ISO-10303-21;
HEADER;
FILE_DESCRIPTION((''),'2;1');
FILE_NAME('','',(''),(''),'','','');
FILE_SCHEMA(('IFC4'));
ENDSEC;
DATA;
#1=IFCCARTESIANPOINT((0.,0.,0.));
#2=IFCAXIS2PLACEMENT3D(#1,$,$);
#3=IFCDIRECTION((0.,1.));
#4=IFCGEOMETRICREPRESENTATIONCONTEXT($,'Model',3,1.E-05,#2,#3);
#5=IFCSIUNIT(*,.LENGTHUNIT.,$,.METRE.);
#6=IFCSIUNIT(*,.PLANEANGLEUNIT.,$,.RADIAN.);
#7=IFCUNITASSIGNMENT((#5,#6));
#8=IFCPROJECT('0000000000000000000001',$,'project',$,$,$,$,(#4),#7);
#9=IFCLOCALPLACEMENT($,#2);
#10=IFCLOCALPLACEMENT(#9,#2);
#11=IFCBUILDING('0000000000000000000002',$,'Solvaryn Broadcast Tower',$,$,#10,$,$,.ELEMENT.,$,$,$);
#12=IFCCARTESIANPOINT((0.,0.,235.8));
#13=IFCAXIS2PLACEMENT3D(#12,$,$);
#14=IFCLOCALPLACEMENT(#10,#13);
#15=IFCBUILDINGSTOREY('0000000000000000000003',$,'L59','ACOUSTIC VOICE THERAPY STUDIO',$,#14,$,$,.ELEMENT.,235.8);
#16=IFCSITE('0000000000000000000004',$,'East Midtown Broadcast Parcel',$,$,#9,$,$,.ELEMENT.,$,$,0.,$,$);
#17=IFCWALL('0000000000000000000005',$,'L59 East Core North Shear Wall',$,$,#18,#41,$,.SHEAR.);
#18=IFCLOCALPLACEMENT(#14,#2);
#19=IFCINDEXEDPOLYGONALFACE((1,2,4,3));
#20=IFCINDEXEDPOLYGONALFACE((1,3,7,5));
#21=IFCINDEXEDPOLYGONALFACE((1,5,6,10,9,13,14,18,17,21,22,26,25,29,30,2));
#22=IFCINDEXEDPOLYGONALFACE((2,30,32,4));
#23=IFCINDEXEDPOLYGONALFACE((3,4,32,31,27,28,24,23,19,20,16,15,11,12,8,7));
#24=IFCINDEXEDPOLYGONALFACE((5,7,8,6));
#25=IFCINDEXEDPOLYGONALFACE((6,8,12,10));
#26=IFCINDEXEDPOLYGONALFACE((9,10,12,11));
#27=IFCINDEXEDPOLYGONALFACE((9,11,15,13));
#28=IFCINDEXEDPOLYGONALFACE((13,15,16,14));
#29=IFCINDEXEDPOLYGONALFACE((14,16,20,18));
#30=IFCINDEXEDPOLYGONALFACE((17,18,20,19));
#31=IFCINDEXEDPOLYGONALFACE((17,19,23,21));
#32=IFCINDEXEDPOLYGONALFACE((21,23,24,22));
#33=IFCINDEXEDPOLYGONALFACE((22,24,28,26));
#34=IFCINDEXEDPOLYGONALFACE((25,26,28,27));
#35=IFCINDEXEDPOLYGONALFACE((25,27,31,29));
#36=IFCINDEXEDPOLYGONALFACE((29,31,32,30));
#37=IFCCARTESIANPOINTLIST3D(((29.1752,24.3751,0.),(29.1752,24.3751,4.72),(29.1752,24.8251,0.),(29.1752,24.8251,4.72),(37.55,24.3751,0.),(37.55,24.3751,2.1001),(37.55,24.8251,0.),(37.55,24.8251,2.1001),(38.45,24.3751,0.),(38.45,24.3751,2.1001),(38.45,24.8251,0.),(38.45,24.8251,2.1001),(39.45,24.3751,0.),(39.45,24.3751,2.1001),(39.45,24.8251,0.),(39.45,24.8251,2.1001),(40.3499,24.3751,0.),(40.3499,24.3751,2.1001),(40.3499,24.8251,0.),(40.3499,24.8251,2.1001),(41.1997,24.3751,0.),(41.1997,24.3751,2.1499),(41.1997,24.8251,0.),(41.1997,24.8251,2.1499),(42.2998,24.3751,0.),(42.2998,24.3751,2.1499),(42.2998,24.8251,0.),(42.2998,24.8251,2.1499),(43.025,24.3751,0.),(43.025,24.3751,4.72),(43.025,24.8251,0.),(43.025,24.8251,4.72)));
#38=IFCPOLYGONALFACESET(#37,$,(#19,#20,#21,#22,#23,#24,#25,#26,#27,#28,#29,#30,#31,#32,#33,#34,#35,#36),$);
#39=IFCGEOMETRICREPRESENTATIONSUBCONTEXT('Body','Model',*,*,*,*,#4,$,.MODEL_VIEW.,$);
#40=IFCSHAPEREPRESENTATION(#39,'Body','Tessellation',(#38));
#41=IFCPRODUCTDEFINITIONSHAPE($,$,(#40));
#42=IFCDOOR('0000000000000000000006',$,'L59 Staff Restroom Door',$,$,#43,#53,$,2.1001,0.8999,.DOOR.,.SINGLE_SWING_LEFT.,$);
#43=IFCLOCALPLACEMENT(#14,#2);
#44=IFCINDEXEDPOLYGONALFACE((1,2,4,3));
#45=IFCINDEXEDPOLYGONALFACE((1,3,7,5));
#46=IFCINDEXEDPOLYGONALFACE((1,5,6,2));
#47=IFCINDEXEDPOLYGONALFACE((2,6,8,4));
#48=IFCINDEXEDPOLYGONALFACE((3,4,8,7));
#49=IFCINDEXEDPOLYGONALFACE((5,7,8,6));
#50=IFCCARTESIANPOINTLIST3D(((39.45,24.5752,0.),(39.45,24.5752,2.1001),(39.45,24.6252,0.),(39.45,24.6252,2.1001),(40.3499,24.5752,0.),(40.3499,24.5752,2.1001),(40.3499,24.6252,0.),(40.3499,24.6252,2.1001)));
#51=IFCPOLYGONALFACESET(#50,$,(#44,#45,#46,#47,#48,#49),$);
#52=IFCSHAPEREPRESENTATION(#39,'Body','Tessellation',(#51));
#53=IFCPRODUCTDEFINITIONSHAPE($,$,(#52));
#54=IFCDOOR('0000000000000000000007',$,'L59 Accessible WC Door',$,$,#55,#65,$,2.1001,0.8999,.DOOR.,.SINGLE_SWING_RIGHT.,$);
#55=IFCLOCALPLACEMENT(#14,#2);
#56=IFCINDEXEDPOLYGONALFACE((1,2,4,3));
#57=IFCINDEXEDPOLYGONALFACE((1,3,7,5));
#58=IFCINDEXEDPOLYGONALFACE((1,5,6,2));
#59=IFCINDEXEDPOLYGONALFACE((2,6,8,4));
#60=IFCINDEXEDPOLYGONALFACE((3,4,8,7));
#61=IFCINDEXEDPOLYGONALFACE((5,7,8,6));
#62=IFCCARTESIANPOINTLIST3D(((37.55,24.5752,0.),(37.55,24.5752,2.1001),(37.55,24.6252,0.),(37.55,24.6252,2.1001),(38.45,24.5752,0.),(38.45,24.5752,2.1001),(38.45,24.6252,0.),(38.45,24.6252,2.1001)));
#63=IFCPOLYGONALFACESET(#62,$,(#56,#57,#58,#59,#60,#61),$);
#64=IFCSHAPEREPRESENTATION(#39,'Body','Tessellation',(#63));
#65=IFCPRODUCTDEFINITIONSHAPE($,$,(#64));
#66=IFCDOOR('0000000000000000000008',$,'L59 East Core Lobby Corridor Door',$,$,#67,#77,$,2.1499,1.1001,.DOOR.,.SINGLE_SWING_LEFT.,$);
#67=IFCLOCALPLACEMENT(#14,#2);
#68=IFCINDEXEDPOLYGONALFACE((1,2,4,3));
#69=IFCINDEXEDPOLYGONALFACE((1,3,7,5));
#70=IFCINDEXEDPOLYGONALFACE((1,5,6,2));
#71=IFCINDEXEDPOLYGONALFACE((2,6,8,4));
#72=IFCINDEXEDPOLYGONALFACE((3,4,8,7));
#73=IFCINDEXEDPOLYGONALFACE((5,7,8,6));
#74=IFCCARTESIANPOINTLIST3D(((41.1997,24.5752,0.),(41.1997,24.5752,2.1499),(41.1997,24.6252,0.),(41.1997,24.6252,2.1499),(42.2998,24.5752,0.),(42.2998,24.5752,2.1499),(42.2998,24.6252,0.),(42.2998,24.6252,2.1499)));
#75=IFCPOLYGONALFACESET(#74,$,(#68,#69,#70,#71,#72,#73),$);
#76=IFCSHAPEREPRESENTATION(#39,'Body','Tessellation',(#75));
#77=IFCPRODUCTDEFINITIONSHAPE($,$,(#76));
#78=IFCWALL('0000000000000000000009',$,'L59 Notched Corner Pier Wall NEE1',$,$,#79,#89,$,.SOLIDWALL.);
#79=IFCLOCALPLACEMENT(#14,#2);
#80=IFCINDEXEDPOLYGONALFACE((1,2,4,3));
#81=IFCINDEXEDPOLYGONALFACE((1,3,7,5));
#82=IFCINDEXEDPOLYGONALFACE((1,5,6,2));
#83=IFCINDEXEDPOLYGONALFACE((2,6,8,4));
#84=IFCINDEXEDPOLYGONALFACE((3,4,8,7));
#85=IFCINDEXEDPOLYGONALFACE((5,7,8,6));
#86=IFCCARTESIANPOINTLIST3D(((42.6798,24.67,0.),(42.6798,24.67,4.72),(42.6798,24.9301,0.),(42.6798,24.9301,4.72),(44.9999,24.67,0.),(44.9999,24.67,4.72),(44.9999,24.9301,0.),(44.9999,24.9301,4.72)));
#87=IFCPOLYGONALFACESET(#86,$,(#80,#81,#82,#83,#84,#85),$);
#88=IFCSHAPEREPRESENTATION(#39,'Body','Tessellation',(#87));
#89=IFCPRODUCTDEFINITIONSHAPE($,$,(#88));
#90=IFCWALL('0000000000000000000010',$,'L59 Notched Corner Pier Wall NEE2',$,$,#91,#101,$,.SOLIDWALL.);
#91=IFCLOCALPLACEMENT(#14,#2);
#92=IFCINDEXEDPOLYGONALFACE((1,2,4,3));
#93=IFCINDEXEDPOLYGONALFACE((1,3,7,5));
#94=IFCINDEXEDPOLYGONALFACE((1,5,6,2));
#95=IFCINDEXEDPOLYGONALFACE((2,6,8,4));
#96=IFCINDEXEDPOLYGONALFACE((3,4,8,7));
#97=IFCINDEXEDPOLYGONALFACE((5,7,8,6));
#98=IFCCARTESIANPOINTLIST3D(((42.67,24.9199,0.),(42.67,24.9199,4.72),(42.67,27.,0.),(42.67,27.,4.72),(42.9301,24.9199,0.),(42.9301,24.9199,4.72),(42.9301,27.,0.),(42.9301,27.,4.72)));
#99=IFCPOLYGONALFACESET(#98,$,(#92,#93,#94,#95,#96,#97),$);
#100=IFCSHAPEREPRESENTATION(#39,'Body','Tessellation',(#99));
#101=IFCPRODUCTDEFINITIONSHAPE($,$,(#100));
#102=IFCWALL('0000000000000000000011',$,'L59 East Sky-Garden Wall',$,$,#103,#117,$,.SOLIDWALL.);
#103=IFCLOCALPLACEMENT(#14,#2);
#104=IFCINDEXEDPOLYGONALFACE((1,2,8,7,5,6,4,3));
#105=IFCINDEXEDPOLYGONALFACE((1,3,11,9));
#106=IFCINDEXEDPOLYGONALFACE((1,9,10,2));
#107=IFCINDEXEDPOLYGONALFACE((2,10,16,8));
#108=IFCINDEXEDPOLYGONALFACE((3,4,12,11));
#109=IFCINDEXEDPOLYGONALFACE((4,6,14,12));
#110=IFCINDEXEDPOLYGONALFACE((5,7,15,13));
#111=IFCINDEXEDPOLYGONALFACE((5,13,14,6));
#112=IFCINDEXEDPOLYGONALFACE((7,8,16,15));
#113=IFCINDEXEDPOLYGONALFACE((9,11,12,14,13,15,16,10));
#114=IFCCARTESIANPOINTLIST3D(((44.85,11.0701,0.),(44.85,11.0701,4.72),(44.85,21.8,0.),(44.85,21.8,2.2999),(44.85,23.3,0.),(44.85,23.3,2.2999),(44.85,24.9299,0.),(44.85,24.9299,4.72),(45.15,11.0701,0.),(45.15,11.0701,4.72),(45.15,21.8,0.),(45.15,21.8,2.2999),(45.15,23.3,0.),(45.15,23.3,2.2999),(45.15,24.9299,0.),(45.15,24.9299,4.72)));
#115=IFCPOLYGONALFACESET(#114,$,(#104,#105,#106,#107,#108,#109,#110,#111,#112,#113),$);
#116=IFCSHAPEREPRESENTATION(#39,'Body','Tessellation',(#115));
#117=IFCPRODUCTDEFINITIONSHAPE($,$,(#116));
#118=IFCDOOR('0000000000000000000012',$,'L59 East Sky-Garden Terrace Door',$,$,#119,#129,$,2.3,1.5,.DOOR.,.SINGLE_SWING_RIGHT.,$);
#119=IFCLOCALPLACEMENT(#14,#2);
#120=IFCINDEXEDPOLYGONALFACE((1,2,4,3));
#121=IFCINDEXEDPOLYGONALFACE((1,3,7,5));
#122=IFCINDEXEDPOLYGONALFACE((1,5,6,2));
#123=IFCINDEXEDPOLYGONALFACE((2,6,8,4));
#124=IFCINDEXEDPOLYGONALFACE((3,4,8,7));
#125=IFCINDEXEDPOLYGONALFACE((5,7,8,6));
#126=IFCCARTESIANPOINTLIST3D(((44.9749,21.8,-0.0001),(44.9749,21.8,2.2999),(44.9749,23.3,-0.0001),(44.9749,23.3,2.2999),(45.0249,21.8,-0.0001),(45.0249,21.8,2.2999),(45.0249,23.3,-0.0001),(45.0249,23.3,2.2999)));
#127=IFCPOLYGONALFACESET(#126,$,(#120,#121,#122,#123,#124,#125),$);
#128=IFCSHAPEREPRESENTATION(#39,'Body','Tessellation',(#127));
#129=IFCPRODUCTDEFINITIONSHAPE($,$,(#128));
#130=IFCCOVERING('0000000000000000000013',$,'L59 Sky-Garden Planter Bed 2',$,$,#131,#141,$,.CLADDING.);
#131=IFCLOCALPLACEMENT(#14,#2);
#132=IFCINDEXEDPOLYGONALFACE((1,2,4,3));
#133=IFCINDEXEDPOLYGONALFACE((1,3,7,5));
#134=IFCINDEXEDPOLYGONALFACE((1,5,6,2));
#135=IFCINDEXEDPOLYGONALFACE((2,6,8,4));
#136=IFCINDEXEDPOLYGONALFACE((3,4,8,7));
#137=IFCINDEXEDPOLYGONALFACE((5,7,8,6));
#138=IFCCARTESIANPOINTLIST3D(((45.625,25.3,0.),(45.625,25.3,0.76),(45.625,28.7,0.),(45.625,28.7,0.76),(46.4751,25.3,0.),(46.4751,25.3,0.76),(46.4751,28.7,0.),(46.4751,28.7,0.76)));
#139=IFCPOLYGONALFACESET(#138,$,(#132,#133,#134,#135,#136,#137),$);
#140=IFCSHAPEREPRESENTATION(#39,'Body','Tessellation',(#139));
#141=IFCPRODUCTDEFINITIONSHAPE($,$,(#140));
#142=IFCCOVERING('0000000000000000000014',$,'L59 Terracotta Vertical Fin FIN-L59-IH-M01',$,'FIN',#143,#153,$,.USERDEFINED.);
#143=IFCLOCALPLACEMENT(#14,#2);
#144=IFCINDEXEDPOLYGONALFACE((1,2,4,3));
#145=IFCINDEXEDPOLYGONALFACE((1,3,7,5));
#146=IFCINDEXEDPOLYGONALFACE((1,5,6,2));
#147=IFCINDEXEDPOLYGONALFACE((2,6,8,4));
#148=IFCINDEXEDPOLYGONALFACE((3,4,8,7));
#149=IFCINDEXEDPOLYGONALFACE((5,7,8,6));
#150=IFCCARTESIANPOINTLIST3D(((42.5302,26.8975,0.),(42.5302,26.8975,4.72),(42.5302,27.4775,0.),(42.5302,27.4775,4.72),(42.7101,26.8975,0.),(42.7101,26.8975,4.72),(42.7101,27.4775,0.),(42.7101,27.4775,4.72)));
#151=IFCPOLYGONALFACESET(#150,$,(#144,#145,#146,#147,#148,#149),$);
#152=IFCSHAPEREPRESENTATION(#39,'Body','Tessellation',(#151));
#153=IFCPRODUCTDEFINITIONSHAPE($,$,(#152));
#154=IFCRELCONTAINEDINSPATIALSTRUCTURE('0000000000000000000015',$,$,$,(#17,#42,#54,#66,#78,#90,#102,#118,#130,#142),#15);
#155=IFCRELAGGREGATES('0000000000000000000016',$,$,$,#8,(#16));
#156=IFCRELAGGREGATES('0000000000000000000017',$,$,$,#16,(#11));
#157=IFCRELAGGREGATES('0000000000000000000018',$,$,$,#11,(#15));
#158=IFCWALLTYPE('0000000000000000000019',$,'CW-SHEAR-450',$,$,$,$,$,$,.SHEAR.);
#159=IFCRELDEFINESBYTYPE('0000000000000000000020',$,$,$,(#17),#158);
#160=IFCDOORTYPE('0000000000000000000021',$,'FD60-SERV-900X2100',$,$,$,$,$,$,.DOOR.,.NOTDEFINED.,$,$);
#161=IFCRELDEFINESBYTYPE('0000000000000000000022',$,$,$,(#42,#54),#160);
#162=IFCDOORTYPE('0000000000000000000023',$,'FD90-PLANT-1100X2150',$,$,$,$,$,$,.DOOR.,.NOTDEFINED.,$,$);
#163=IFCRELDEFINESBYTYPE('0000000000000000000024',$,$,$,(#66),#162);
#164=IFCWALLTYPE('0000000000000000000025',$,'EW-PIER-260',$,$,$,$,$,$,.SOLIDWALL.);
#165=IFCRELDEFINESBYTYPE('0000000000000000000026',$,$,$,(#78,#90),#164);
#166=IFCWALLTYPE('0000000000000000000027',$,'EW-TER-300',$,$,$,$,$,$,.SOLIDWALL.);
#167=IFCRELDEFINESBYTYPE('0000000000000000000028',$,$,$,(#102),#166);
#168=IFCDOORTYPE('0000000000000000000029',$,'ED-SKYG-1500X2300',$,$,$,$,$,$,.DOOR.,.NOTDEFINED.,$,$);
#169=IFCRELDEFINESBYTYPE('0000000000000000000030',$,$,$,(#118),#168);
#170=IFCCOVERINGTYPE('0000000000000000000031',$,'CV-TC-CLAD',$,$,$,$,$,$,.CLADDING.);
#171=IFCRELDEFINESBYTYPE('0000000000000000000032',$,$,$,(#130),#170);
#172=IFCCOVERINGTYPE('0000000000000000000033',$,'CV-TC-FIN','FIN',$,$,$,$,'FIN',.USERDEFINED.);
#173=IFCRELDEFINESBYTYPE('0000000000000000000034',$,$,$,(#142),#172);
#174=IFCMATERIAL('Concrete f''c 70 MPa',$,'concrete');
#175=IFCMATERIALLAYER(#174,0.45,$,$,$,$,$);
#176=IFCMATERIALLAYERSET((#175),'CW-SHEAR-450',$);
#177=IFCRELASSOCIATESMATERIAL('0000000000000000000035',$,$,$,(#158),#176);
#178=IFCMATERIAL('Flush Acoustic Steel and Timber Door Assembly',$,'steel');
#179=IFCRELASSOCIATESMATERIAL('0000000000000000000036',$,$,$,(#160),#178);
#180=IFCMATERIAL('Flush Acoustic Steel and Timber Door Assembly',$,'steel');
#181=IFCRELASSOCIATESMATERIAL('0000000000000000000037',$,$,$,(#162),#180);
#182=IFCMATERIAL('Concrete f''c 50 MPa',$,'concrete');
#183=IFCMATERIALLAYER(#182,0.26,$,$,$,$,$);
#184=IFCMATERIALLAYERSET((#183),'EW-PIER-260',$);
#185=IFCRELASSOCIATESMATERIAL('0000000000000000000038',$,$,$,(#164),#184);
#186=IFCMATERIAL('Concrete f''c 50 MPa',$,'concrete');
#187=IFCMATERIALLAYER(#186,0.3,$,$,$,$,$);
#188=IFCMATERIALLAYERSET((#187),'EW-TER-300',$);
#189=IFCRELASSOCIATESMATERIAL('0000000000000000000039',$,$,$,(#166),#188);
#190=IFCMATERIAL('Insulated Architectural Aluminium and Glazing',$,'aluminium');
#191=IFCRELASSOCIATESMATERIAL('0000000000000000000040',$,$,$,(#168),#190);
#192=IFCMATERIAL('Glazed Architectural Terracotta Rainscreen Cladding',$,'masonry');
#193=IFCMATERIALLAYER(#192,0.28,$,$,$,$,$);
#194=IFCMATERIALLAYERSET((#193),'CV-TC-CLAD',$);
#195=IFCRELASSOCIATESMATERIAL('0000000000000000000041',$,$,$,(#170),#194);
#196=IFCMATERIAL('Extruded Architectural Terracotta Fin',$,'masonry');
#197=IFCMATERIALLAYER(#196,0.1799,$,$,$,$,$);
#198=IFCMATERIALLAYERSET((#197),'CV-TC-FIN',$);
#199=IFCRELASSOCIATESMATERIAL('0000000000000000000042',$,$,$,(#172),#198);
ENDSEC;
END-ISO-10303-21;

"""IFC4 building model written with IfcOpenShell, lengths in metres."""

from ifc_helpers import new_model, si_unit, direction, frame, frame_2d, origin, origin_2d, place, context, subcontext, project, spatial, rectangle, extrude, material, layer, layer_set, type_object, element, fill, save


model = new_model("IFC4")

# Units and contexts
model_context = context("Model", 3, precision=1e-05, world=origin(), true_north=direction((0.0, 1.0)))
body_context = subcontext(model_context, "Body", "Model", "MODEL_VIEW")
ifc_project = project(units=[si_unit("LENGTHUNIT", "METRE"), si_unit("PLANEANGLEUNIT", "RADIAN")], contexts=[model_context])

# Site, building, storey
site_placement = place(None, origin())
site = spatial("IfcSite", under=ifc_project, at=site_placement, Name="East Midtown Broadcast Parcel", CompositionType="ELEMENT", RefElevation=0.0)
building_placement = place(site_placement, origin())
building = spatial("IfcBuilding", under=site, at=building_placement, Name="Solvaryn Broadcast Tower", CompositionType="ELEMENT")
storey_placement = place(building_placement, frame((0.0, 0.0, 235.8)))
storey = spatial("IfcBuildingStorey", under=building, at=storey_placement, Name="L59", Description="ACOUSTIC VOICE THERAPY STUDIO", CompositionType="ELEMENT", Elevation=235.8)

# Wall, openings, doors
ifc_material_1 = material(Name="Concrete f'c 70 MPa", Category="concrete")
ifc_layer_1 = layer(ifc_material_1, 0.45)
ifc_layer_set_1 = layer_set([ifc_layer_1], Name="CW-SHEAR-450")
wall_type_1 = type_object("IfcWallType", Name="CW-SHEAR-450", PredefinedType="SHEAR", material=ifc_layer_set_1)
wall_1_placement = place(storey_placement, frame((43.0249, 24.6001, 0.0), z_axis=(0.0, 0.0, 1.0), x_axis=(-1.0, 0.0, 0.0)))
wall_1 = element("IfcWall", 1, at=wall_1_placement, inside=storey, type_object=wall_type_1, Name="L59 East Core North Shear Wall", PredefinedType="SHEAR", context=body_context, shape_type="SweptSolid", body=[
    extrude(rectangle(XDim=13.8499, YDim=0.45, at=frame_2d((6.9248, 0.0))), origin(), (0.0, 0.0, 1.0), 4.72),
])
opening_1_placement = place(wall_1_placement, frame((0.7251, 0.0, 0.0)))
opening_1 = element("IfcOpeningElement", 2, at=opening_1_placement, cuts=wall_1, PredefinedType="OPENING", context=body_context, shape_type="SweptSolid", body=[
    extrude(rectangle(XDim=1.1001, YDim=2.1499, at=frame_2d((0.55, 1.075))), frame((0.0, 0.2351, 0.0), z_axis=(0.0, -1.0, 0.0), x_axis=(1.0, 0.0, 0.0)), (0.0, 0.0, 1.0), 0.47),
])
opening_2_placement = place(wall_1_placement, frame((2.675, 0.0, 0.0)))
opening_2 = element("IfcOpeningElement", 3, at=opening_2_placement, cuts=wall_1, PredefinedType="OPENING", context=body_context, shape_type="SweptSolid", body=[
    extrude(rectangle(XDim=0.8999, YDim=2.1001, at=frame_2d((0.45, 1.05))), frame((0.0, 0.2351, 0.0), z_axis=(0.0, -1.0, 0.0), x_axis=(1.0, 0.0, 0.0)), (0.0, 0.0, 1.0), 0.47),
])
opening_3_placement = place(wall_1_placement, frame((4.575, 0.0, 0.0)))
opening_3 = element("IfcOpeningElement", 4, at=opening_3_placement, cuts=wall_1, PredefinedType="OPENING", context=body_context, shape_type="SweptSolid", body=[
    extrude(rectangle(XDim=0.8999, YDim=2.1001, at=frame_2d((0.45, 1.05))), frame((0.0, 0.2351, 0.0), z_axis=(0.0, -1.0, 0.0), x_axis=(1.0, 0.0, 0.0)), (0.0, 0.0, 1.0), 0.47),
])
ifc_material_2 = material(Name="Flush Acoustic Steel and Timber Door Assembly", Category="steel")
door_type_1 = type_object("IfcDoorType", Name="FD60-SERV-900X2100", OperationType="NOTDEFINED", PredefinedType="DOOR", material=ifc_material_2)
door_1_placement = place(opening_2_placement, origin())
door_1 = element("IfcDoor", 5, at=door_1_placement, inside=storey, type_object=door_type_1, Name="L59 Staff Restroom Door", OperationType="SINGLE_SWING_LEFT", OverallHeight=2.1001, OverallWidth=0.8999, PredefinedType="DOOR", context=body_context, shape_type="SweptSolid", body=[
    extrude(rectangle(XDim=0.8999, YDim=2.1001, at=frame_2d((0.45, 1.05))), frame((0.0, 0.0249, 0.0), z_axis=(0.0, -1.0, 0.0), x_axis=(1.0, 0.0, 0.0)), (0.0, 0.0, 1.0), 0.05),
])
fill(opening_2, door_1)
door_2_placement = place(opening_3_placement, origin())
door_2 = element("IfcDoor", 6, at=door_2_placement, inside=storey, type_object=door_type_1, Name="L59 Accessible WC Door", OperationType="SINGLE_SWING_RIGHT", OverallHeight=2.1001, OverallWidth=0.8999, PredefinedType="DOOR", context=body_context, shape_type="SweptSolid", body=[
    extrude(rectangle(XDim=0.8999, YDim=2.1001, at=frame_2d((0.45, 1.05))), frame((0.0, 0.0249, 0.0), z_axis=(0.0, -1.0, 0.0), x_axis=(1.0, 0.0, 0.0)), (0.0, 0.0, 1.0), 0.05),
])
fill(opening_3, door_2)
ifc_material_3 = material(Name="Flush Acoustic Steel and Timber Door Assembly", Category="steel")
door_type_2 = type_object("IfcDoorType", Name="FD90-PLANT-1100X2150", OperationType="NOTDEFINED", PredefinedType="DOOR", material=ifc_material_3)
door_3_placement = place(opening_1_placement, origin())
door_3 = element("IfcDoor", 7, at=door_3_placement, inside=storey, type_object=door_type_2, Name="L59 East Core Lobby Corridor Door", OperationType="SINGLE_SWING_LEFT", OverallHeight=2.1499, OverallWidth=1.1001, PredefinedType="DOOR", context=body_context, shape_type="SweptSolid", body=[
    extrude(rectangle(XDim=1.1001, YDim=2.1499, at=frame_2d((0.55, 1.075))), frame((0.0, 0.0249, 0.0), z_axis=(0.0, -1.0, 0.0), x_axis=(1.0, 0.0, 0.0)), (0.0, 0.0, 1.0), 0.05),
])
fill(opening_1, door_3)

# Walls
ifc_material_4 = material(Name="Concrete f'c 50 MPa", Category="concrete")
ifc_layer_2 = layer(ifc_material_4, 0.26)
ifc_layer_set_2 = layer_set([ifc_layer_2], Name="EW-PIER-260")
wall_type_2 = type_object("IfcWallType", Name="EW-PIER-260", PredefinedType="SOLIDWALL", material=ifc_layer_set_2)
wall_2_placement = place(storey_placement, frame((45.0, 24.8, 0.0), z_axis=(0.0, 0.0, 1.0), x_axis=(-1.0, 0.0, 0.0)))
element("IfcWall", 8, at=wall_2_placement, inside=storey, type_object=wall_type_2, Name="L59 Notched Corner Pier Wall NEE1", PredefinedType="SOLIDWALL", context=body_context, shape_type="SweptSolid", body=[
    extrude(rectangle(XDim=2.3201, YDim=0.26, at=frame_2d((1.1602, 0.0))), origin(), (0.0, 0.0, 1.0), 4.72),
])
wall_3_placement = place(storey_placement, frame((42.8, 24.9199, 0.0), z_axis=(0.0, 0.0, 1.0), x_axis=(0.0, 1.0, 0.0)))
element("IfcWall", 9, at=wall_3_placement, inside=storey, type_object=wall_type_2, Name="L59 Notched Corner Pier Wall NEE2", PredefinedType="SOLIDWALL", context=body_context, shape_type="SweptSolid", body=[
    extrude(rectangle(XDim=2.0801, YDim=0.26, at=frame_2d((1.04, 0.0))), origin(), (0.0, 0.0, 1.0), 4.72),
])

# Wall, opening, door
ifc_material_5 = material(Name="Concrete f'c 50 MPa", Category="concrete")
ifc_layer_3 = layer(ifc_material_5, 0.3)
ifc_layer_set_3 = layer_set([ifc_layer_3], Name="EW-TER-300")
wall_type_3 = type_object("IfcWallType", Name="EW-TER-300", PredefinedType="SOLIDWALL", material=ifc_layer_set_3)
wall_4_placement = place(storey_placement, frame((45.0, 24.9299, 0.0), z_axis=(0.0, 0.0, 1.0), x_axis=(0.0, -1.0, 0.0)))
wall_4 = element("IfcWall", 10, at=wall_4_placement, inside=storey, type_object=wall_type_3, Name="L59 East Sky-Garden Wall", PredefinedType="SOLIDWALL", context=body_context, shape_type="SweptSolid", body=[
    extrude(rectangle(XDim=13.8599, YDim=0.3, at=frame_2d((6.9299, 0.0))), origin(), (0.0, 0.0, 1.0), 4.72),
])
opening_4_placement = place(wall_4_placement, frame((1.6299, 0.0, 0.0)))
opening_4 = element("IfcOpeningElement", 11, at=opening_4_placement, cuts=wall_4, PredefinedType="OPENING", context=body_context, shape_type="SweptSolid", body=[
    extrude(rectangle(XDim=1.5, YDim=2.3, at=frame_2d((0.75, 1.1499))), frame((0.0, 0.1599, 0.0), z_axis=(0.0, -1.0, 0.0), x_axis=(1.0, 0.0, 0.0)), (0.0, 0.0, 1.0), 0.3201),
])
ifc_material_6 = material(Name="Insulated Architectural Aluminium and Glazing", Category="aluminium")
door_type_3 = type_object("IfcDoorType", Name="ED-SKYG-1500X2300", OperationType="NOTDEFINED", PredefinedType="DOOR", material=ifc_material_6)
door_4_placement = place(opening_4_placement, origin())
door_4 = element("IfcDoor", 12, at=door_4_placement, inside=storey, type_object=door_type_3, Name="L59 East Sky-Garden Terrace Door", OperationType="SINGLE_SWING_RIGHT", OverallHeight=2.3, OverallWidth=1.5, PredefinedType="DOOR", context=body_context, shape_type="SweptSolid", body=[
    extrude(rectangle(XDim=1.5, YDim=2.3, at=frame_2d((0.75, 1.1499))), frame((0.0, 0.0249, 0.0), z_axis=(0.0, -1.0, 0.0), x_axis=(1.0, 0.0, 0.0)), (0.0, 0.0, 1.0), 0.05),
])
fill(opening_4, door_4)

# Coverings
ifc_material_7 = material(Name="Glazed Architectural Terracotta Rainscreen Cladding", Category="masonry")
ifc_layer_4 = layer(ifc_material_7, 0.28)
ifc_layer_set_4 = layer_set([ifc_layer_4], Name="CV-TC-CLAD")
covering_type_1 = type_object("IfcCoveringType", Name="CV-TC-CLAD", PredefinedType="CLADDING", material=ifc_layer_set_4)
covering_1_placement = place(storey_placement, frame((46.05, 27.0, 0.0), z_axis=(0.0, 0.0, 1.0), x_axis=(1.0, 0.0, 0.0)))
element("IfcCovering", 13, at=covering_1_placement, inside=storey, type_object=covering_type_1, Name="L59 Sky-Garden Planter Bed 2", PredefinedType="CLADDING", context=body_context, shape_type="SweptSolid", body=[
    extrude(rectangle(XDim=0.8501, YDim=3.3999, at=origin_2d()), origin(), (0.0, 0.0, 1.0), 0.76),
])
ifc_material_8 = material(Name="Extruded Architectural Terracotta Fin", Category="masonry")
ifc_layer_5 = layer(ifc_material_8, 0.1799)
ifc_layer_set_5 = layer_set([ifc_layer_5], Name="CV-TC-FIN")
covering_type_2 = type_object("IfcCoveringType", Name="CV-TC-FIN", Description="FIN", ElementType="FIN", PredefinedType="USERDEFINED", material=ifc_layer_set_5)
covering_2_placement = place(storey_placement, frame((42.6201, 27.1875, 0.0), z_axis=(0.0, 0.0, 1.0), x_axis=(1.0, 0.0, 0.0)))
element("IfcCovering", 14, at=covering_2_placement, inside=storey, type_object=covering_type_2, Name="L59 Terracotta Vertical Fin FIN-L59-IH-M01", ObjectType="FIN", PredefinedType="USERDEFINED", context=body_context, shape_type="SweptSolid", body=[
    extrude(rectangle(XDim=0.1799, YDim=0.5801, at=origin_2d()), origin(), (0.0, 0.0, 1.0), 4.72),
])

save(model, "model.ifc")
